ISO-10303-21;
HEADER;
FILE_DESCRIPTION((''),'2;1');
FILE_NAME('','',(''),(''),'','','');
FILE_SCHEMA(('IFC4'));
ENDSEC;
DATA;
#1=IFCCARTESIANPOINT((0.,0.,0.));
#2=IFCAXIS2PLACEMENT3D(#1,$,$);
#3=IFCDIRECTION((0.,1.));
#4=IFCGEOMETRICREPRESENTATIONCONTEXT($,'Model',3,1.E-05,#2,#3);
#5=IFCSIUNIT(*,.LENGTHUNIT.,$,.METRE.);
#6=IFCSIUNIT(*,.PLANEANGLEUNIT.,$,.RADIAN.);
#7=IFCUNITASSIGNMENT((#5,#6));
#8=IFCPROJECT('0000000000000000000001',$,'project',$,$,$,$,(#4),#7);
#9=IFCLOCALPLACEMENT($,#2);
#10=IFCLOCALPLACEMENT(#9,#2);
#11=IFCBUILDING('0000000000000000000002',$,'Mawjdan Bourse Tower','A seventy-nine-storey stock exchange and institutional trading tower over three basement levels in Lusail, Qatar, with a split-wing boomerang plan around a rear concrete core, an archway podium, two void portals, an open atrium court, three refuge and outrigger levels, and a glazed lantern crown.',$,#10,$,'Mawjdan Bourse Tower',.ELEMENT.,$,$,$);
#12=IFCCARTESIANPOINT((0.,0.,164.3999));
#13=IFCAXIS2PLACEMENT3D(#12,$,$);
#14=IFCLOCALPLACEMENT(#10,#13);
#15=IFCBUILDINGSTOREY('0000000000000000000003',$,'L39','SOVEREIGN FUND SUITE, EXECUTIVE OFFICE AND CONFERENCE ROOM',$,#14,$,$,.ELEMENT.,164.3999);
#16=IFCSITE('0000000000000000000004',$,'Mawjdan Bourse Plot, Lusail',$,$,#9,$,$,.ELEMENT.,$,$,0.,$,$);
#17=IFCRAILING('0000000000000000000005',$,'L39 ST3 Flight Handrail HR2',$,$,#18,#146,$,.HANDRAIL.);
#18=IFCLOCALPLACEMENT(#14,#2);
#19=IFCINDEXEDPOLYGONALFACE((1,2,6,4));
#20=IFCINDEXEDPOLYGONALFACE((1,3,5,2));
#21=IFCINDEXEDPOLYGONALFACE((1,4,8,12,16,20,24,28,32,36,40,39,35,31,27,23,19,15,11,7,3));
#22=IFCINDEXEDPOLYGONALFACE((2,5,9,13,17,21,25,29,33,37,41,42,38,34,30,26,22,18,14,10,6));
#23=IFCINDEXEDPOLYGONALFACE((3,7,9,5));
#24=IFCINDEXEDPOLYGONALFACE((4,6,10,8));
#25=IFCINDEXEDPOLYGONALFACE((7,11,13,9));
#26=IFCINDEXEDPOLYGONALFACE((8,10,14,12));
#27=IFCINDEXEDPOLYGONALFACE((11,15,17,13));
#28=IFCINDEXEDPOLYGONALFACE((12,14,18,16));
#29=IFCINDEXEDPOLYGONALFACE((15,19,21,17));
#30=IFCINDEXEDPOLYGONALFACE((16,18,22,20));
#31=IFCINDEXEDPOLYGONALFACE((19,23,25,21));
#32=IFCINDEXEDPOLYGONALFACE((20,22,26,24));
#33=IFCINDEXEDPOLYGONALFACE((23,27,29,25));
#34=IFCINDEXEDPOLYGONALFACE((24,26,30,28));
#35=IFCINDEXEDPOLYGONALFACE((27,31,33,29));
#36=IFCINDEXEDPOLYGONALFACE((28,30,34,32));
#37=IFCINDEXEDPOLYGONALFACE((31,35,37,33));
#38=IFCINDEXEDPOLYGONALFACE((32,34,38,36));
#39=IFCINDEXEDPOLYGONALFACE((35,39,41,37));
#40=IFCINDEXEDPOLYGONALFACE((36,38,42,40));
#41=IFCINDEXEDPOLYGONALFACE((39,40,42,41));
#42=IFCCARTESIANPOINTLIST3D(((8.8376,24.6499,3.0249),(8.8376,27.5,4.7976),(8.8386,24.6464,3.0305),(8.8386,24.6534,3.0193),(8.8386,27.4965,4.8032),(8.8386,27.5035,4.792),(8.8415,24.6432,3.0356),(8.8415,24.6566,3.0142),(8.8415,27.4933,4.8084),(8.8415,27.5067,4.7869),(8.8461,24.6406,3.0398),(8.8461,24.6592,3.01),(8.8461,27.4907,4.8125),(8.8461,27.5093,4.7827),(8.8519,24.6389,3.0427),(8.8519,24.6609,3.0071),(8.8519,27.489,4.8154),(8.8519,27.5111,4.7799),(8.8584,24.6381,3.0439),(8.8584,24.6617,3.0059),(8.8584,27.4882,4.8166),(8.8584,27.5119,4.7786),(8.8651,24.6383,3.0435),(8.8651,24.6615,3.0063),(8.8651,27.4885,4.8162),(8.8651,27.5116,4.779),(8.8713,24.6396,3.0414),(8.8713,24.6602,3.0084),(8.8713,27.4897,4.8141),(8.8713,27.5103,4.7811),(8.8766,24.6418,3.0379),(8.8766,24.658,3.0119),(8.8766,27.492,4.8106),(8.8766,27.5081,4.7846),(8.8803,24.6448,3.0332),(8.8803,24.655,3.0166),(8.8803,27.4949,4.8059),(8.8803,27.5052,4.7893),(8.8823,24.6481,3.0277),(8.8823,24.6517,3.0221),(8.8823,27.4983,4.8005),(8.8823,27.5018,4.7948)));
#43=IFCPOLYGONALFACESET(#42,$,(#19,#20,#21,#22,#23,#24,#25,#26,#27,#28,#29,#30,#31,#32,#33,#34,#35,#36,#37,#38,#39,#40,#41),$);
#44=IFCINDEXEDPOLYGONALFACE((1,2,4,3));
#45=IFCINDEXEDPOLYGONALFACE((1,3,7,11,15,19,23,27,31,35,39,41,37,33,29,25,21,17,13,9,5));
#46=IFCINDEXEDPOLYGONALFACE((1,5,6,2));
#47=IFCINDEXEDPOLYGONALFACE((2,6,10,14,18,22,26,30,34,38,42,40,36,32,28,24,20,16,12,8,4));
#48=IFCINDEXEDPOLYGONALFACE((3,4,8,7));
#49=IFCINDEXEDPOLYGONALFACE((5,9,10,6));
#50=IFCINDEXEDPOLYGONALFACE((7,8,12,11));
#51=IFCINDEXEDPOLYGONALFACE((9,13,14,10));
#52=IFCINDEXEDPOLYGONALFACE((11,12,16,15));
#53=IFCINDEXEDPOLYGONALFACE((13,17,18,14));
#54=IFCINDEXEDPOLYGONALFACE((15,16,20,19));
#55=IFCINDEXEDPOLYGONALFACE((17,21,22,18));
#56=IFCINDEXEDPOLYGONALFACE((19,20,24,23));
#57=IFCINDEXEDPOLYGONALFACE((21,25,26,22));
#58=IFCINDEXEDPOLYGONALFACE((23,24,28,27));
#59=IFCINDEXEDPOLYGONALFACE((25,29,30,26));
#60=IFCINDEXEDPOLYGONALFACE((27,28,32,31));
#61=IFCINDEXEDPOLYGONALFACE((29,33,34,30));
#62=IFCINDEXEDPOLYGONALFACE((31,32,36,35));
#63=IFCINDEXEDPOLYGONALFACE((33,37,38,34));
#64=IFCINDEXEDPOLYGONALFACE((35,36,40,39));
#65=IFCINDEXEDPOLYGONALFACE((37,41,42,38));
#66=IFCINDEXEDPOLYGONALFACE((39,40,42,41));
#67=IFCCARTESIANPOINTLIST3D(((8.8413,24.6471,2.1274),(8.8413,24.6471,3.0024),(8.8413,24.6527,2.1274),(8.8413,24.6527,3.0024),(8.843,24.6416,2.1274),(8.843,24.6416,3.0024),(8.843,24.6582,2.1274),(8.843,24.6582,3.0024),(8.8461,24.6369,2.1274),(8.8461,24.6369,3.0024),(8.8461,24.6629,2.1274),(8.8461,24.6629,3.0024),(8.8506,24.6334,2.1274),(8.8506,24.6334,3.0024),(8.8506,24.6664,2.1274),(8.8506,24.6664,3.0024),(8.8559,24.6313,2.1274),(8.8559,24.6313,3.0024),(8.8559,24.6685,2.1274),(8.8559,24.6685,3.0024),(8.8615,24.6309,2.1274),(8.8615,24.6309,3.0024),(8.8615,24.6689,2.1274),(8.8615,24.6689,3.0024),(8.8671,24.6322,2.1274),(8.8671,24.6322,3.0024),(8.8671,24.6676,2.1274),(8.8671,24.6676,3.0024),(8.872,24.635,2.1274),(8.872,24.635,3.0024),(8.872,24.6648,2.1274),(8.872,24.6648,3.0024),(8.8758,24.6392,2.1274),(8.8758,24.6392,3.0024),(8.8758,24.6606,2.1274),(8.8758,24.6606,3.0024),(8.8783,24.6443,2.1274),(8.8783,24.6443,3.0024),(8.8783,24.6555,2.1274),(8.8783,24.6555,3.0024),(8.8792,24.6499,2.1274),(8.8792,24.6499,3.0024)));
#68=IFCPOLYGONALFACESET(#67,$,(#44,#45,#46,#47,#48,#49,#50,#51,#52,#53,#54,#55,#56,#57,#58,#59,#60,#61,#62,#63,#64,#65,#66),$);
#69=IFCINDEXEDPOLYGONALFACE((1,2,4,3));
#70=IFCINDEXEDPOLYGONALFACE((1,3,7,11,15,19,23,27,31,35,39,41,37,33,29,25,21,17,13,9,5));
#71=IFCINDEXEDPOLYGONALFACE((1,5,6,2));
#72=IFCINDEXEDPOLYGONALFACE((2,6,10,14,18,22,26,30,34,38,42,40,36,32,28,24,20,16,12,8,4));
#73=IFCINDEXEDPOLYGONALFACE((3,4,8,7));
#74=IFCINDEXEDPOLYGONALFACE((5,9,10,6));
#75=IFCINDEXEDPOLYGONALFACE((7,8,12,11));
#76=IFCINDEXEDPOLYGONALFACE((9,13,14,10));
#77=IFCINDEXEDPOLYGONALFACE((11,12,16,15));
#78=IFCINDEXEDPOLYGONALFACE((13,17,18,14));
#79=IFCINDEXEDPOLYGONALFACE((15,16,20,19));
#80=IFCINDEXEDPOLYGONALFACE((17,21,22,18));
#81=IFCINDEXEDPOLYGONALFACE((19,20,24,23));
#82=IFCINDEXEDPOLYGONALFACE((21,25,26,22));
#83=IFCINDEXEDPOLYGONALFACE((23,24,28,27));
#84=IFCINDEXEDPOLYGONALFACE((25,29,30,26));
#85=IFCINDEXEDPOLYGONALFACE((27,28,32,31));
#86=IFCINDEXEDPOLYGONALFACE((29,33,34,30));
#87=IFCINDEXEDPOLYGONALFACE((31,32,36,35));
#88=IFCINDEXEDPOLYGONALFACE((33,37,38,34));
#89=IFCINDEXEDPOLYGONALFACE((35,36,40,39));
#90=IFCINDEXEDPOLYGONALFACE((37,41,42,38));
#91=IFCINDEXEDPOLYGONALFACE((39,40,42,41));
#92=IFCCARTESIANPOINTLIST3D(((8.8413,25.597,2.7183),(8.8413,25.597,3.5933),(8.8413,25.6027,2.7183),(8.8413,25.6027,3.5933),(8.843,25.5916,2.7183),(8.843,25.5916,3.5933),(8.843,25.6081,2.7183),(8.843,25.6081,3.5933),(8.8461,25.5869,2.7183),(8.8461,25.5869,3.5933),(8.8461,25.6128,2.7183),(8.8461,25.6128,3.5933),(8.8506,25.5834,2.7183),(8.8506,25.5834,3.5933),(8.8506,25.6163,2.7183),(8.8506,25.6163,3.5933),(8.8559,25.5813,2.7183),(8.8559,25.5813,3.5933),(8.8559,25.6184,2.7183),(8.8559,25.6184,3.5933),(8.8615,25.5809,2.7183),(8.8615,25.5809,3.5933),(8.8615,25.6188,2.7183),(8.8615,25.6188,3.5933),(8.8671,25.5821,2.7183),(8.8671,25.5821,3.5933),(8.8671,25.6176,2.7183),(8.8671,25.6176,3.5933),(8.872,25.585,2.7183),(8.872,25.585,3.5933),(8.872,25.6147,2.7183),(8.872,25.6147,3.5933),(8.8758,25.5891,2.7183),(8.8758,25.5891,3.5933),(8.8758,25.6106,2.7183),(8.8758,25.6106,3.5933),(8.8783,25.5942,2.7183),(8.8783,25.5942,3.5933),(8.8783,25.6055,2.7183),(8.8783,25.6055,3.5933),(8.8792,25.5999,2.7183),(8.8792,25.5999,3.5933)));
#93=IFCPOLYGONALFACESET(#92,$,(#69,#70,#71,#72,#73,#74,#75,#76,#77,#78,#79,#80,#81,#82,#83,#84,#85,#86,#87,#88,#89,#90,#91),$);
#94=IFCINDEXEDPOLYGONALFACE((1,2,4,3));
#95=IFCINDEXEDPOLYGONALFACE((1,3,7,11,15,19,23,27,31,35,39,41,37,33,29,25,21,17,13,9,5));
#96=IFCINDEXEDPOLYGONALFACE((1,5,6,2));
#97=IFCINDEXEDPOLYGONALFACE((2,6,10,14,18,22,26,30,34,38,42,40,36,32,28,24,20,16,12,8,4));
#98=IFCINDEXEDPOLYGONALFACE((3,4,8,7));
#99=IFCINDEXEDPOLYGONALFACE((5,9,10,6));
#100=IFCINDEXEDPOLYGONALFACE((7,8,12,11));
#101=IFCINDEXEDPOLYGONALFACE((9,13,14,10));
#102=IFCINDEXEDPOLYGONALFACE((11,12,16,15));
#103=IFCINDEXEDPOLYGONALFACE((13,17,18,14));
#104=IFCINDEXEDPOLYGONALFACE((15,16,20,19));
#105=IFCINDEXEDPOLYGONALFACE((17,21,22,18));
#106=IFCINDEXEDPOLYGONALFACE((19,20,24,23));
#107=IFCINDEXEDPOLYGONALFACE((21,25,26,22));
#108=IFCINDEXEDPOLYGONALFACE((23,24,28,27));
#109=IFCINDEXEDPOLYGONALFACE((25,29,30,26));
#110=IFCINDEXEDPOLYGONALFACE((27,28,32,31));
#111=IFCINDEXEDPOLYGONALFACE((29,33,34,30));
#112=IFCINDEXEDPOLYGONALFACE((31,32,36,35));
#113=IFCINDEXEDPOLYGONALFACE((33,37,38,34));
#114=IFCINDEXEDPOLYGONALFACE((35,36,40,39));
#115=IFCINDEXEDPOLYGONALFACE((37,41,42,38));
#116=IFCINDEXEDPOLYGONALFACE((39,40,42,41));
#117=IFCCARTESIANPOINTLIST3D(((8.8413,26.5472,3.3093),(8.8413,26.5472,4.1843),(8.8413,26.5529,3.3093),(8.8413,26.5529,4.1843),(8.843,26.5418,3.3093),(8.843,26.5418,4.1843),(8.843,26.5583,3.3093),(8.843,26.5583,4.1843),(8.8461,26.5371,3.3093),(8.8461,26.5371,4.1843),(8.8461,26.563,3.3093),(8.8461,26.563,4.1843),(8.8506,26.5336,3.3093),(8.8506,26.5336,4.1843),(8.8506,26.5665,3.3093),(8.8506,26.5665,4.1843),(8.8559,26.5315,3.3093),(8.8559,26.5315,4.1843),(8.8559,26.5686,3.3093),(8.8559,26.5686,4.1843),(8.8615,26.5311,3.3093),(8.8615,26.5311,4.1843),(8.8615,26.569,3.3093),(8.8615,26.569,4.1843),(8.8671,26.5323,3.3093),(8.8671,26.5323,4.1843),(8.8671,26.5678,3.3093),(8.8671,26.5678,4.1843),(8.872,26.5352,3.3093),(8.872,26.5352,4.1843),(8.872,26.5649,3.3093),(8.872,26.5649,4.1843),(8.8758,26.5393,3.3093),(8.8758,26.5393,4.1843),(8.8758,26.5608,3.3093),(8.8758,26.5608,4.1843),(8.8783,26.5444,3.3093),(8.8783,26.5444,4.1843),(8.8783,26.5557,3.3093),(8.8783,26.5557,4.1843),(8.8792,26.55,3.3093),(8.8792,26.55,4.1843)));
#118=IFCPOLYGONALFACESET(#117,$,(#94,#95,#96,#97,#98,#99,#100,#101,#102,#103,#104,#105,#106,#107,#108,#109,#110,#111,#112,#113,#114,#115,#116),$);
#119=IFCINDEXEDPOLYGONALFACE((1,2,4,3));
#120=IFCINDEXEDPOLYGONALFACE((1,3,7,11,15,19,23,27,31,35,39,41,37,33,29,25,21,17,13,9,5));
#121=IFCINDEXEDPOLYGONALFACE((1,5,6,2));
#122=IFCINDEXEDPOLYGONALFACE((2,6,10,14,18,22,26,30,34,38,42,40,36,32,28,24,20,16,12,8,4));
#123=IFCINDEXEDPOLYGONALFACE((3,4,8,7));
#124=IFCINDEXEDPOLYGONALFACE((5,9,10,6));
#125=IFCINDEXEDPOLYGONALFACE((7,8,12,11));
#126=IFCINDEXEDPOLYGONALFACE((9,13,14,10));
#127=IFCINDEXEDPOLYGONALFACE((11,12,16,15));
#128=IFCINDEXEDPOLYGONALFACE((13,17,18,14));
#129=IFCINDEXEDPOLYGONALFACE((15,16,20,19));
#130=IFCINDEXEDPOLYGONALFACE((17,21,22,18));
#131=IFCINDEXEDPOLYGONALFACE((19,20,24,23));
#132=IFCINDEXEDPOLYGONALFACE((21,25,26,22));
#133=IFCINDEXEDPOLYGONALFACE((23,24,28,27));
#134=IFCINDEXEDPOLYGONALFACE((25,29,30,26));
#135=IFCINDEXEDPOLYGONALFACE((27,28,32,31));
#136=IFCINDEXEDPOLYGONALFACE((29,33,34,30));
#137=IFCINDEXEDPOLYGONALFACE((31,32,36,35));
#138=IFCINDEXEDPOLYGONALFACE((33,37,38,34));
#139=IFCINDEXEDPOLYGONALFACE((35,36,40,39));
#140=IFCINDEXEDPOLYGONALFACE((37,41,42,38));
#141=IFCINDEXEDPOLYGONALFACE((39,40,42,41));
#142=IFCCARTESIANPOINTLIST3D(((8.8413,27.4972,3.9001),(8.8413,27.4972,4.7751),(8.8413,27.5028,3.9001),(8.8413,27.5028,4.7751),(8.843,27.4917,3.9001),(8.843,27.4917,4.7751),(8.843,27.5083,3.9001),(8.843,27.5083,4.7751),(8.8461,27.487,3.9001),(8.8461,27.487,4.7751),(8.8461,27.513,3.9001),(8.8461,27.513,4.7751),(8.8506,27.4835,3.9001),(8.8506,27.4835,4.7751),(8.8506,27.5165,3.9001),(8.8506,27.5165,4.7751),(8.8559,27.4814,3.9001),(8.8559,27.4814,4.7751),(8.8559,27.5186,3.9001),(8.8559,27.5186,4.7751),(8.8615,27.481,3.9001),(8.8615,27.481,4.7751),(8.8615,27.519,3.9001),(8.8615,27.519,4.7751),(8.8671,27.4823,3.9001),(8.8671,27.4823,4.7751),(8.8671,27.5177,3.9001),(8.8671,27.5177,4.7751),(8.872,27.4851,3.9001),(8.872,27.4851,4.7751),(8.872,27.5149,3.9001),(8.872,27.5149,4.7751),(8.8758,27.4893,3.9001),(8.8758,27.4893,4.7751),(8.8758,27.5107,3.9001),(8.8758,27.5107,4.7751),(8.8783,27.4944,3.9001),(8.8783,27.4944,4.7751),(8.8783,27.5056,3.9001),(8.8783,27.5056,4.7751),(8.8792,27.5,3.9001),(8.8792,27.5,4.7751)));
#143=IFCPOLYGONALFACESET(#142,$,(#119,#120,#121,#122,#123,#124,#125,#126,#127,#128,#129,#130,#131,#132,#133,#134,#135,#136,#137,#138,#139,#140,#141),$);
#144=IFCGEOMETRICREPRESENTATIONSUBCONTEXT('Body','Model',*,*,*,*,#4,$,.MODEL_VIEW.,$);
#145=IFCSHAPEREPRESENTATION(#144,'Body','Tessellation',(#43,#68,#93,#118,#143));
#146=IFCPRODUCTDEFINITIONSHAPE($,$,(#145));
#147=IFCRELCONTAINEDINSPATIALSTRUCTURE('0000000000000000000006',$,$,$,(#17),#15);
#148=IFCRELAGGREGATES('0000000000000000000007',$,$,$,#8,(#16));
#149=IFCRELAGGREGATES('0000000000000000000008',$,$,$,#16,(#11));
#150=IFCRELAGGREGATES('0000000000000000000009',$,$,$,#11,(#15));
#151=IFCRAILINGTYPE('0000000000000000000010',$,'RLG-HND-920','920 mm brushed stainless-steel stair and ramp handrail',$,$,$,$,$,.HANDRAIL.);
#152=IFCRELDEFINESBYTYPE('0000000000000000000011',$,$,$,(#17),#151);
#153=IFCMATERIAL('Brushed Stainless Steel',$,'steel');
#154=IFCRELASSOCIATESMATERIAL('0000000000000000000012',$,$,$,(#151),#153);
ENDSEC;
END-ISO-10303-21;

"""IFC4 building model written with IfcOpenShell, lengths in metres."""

from ifc_helpers import new_model, si_unit, direction, frame, origin, origin_2d, place, context, subcontext, project, spatial, circle, extrude, material, type_object, element, save


model = new_model("IFC4")

# Units and contexts
model_context = context("Model", 3, precision=1e-05, world=origin(), true_north=direction((0.0, 1.0)))
body_context = subcontext(model_context, "Body", "Model", "MODEL_VIEW")
ifc_project = project(units=[si_unit("LENGTHUNIT", "METRE"), si_unit("PLANEANGLEUNIT", "RADIAN")], contexts=[model_context])

# Site, building, storey
site_placement = place(None, origin())
site = spatial("IfcSite", under=ifc_project, at=site_placement, Name="Mawjdan Bourse Plot, Lusail", CompositionType="ELEMENT", RefElevation=0.0)
building_placement = place(site_placement, origin())
building = spatial("IfcBuilding", under=site, at=building_placement, Name="Mawjdan Bourse Tower", Description="A seventy-nine-storey stock exchange and institutional trading tower over three basement levels in Lusail, Qatar, with a split-wing boomerang plan around a rear concrete core, an archway podium, two void portals, an open atrium court, three refuge and outrigger levels, and a glazed lantern crown.", LongName="Mawjdan Bourse Tower", CompositionType="ELEMENT")
storey_placement = place(building_placement, frame((0.0, 0.0, 164.3999)))
storey = spatial("IfcBuildingStorey", under=building, at=storey_placement, Name="L39", Description="SOVEREIGN FUND SUITE, EXECUTIVE OFFICE AND CONFERENCE ROOM", CompositionType="ELEMENT", Elevation=164.3999)

# Railing
ifc_material_1 = material(Name="Brushed Stainless Steel", Category="steel")
railing_type_1 = type_object("IfcRailingType", Name="RLG-HND-920", Description="920 mm brushed stainless-steel stair and ramp handrail", PredefinedType="HANDRAIL", material=ifc_material_1)
railing_1_placement = place(storey_placement, frame((8.8601, 24.6499, 2.1274)))
element("IfcRailing", 1, at=railing_1_placement, inside=storey, type_object=railing_type_1, Name="L39 ST3 Flight Handrail HR2", PredefinedType="HANDRAIL", context=body_context, shape_type="SweptSolid", body=[
    extrude(circle(Radius=0.0225, at=origin_2d()), frame((0.0, 0.0, 0.8975), z_axis=(0.0, 0.849149, 0.528154), x_axis=(-1.0, 0.0, 0.0)), (0.0, 0.0, 1.0), 3.3564),
    extrude(circle(Radius=0.019, at=origin_2d()), origin(), (0.0, 0.0, 1.0), 0.875),
    extrude(circle(Radius=0.019, at=origin_2d()), frame((0.0, 0.95, 0.5908)), (0.0, 0.0, 1.0), 0.875),
    extrude(circle(Radius=0.019, at=origin_2d()), frame((0.0, 1.9001, 1.1819)), (0.0, 0.0, 1.0), 0.875),
    extrude(circle(Radius=0.019, at=origin_2d()), frame((0.0, 2.8501, 1.7727)), (0.0, 0.0, 1.0), 0.875),
])

save(model, "model.ifc")
